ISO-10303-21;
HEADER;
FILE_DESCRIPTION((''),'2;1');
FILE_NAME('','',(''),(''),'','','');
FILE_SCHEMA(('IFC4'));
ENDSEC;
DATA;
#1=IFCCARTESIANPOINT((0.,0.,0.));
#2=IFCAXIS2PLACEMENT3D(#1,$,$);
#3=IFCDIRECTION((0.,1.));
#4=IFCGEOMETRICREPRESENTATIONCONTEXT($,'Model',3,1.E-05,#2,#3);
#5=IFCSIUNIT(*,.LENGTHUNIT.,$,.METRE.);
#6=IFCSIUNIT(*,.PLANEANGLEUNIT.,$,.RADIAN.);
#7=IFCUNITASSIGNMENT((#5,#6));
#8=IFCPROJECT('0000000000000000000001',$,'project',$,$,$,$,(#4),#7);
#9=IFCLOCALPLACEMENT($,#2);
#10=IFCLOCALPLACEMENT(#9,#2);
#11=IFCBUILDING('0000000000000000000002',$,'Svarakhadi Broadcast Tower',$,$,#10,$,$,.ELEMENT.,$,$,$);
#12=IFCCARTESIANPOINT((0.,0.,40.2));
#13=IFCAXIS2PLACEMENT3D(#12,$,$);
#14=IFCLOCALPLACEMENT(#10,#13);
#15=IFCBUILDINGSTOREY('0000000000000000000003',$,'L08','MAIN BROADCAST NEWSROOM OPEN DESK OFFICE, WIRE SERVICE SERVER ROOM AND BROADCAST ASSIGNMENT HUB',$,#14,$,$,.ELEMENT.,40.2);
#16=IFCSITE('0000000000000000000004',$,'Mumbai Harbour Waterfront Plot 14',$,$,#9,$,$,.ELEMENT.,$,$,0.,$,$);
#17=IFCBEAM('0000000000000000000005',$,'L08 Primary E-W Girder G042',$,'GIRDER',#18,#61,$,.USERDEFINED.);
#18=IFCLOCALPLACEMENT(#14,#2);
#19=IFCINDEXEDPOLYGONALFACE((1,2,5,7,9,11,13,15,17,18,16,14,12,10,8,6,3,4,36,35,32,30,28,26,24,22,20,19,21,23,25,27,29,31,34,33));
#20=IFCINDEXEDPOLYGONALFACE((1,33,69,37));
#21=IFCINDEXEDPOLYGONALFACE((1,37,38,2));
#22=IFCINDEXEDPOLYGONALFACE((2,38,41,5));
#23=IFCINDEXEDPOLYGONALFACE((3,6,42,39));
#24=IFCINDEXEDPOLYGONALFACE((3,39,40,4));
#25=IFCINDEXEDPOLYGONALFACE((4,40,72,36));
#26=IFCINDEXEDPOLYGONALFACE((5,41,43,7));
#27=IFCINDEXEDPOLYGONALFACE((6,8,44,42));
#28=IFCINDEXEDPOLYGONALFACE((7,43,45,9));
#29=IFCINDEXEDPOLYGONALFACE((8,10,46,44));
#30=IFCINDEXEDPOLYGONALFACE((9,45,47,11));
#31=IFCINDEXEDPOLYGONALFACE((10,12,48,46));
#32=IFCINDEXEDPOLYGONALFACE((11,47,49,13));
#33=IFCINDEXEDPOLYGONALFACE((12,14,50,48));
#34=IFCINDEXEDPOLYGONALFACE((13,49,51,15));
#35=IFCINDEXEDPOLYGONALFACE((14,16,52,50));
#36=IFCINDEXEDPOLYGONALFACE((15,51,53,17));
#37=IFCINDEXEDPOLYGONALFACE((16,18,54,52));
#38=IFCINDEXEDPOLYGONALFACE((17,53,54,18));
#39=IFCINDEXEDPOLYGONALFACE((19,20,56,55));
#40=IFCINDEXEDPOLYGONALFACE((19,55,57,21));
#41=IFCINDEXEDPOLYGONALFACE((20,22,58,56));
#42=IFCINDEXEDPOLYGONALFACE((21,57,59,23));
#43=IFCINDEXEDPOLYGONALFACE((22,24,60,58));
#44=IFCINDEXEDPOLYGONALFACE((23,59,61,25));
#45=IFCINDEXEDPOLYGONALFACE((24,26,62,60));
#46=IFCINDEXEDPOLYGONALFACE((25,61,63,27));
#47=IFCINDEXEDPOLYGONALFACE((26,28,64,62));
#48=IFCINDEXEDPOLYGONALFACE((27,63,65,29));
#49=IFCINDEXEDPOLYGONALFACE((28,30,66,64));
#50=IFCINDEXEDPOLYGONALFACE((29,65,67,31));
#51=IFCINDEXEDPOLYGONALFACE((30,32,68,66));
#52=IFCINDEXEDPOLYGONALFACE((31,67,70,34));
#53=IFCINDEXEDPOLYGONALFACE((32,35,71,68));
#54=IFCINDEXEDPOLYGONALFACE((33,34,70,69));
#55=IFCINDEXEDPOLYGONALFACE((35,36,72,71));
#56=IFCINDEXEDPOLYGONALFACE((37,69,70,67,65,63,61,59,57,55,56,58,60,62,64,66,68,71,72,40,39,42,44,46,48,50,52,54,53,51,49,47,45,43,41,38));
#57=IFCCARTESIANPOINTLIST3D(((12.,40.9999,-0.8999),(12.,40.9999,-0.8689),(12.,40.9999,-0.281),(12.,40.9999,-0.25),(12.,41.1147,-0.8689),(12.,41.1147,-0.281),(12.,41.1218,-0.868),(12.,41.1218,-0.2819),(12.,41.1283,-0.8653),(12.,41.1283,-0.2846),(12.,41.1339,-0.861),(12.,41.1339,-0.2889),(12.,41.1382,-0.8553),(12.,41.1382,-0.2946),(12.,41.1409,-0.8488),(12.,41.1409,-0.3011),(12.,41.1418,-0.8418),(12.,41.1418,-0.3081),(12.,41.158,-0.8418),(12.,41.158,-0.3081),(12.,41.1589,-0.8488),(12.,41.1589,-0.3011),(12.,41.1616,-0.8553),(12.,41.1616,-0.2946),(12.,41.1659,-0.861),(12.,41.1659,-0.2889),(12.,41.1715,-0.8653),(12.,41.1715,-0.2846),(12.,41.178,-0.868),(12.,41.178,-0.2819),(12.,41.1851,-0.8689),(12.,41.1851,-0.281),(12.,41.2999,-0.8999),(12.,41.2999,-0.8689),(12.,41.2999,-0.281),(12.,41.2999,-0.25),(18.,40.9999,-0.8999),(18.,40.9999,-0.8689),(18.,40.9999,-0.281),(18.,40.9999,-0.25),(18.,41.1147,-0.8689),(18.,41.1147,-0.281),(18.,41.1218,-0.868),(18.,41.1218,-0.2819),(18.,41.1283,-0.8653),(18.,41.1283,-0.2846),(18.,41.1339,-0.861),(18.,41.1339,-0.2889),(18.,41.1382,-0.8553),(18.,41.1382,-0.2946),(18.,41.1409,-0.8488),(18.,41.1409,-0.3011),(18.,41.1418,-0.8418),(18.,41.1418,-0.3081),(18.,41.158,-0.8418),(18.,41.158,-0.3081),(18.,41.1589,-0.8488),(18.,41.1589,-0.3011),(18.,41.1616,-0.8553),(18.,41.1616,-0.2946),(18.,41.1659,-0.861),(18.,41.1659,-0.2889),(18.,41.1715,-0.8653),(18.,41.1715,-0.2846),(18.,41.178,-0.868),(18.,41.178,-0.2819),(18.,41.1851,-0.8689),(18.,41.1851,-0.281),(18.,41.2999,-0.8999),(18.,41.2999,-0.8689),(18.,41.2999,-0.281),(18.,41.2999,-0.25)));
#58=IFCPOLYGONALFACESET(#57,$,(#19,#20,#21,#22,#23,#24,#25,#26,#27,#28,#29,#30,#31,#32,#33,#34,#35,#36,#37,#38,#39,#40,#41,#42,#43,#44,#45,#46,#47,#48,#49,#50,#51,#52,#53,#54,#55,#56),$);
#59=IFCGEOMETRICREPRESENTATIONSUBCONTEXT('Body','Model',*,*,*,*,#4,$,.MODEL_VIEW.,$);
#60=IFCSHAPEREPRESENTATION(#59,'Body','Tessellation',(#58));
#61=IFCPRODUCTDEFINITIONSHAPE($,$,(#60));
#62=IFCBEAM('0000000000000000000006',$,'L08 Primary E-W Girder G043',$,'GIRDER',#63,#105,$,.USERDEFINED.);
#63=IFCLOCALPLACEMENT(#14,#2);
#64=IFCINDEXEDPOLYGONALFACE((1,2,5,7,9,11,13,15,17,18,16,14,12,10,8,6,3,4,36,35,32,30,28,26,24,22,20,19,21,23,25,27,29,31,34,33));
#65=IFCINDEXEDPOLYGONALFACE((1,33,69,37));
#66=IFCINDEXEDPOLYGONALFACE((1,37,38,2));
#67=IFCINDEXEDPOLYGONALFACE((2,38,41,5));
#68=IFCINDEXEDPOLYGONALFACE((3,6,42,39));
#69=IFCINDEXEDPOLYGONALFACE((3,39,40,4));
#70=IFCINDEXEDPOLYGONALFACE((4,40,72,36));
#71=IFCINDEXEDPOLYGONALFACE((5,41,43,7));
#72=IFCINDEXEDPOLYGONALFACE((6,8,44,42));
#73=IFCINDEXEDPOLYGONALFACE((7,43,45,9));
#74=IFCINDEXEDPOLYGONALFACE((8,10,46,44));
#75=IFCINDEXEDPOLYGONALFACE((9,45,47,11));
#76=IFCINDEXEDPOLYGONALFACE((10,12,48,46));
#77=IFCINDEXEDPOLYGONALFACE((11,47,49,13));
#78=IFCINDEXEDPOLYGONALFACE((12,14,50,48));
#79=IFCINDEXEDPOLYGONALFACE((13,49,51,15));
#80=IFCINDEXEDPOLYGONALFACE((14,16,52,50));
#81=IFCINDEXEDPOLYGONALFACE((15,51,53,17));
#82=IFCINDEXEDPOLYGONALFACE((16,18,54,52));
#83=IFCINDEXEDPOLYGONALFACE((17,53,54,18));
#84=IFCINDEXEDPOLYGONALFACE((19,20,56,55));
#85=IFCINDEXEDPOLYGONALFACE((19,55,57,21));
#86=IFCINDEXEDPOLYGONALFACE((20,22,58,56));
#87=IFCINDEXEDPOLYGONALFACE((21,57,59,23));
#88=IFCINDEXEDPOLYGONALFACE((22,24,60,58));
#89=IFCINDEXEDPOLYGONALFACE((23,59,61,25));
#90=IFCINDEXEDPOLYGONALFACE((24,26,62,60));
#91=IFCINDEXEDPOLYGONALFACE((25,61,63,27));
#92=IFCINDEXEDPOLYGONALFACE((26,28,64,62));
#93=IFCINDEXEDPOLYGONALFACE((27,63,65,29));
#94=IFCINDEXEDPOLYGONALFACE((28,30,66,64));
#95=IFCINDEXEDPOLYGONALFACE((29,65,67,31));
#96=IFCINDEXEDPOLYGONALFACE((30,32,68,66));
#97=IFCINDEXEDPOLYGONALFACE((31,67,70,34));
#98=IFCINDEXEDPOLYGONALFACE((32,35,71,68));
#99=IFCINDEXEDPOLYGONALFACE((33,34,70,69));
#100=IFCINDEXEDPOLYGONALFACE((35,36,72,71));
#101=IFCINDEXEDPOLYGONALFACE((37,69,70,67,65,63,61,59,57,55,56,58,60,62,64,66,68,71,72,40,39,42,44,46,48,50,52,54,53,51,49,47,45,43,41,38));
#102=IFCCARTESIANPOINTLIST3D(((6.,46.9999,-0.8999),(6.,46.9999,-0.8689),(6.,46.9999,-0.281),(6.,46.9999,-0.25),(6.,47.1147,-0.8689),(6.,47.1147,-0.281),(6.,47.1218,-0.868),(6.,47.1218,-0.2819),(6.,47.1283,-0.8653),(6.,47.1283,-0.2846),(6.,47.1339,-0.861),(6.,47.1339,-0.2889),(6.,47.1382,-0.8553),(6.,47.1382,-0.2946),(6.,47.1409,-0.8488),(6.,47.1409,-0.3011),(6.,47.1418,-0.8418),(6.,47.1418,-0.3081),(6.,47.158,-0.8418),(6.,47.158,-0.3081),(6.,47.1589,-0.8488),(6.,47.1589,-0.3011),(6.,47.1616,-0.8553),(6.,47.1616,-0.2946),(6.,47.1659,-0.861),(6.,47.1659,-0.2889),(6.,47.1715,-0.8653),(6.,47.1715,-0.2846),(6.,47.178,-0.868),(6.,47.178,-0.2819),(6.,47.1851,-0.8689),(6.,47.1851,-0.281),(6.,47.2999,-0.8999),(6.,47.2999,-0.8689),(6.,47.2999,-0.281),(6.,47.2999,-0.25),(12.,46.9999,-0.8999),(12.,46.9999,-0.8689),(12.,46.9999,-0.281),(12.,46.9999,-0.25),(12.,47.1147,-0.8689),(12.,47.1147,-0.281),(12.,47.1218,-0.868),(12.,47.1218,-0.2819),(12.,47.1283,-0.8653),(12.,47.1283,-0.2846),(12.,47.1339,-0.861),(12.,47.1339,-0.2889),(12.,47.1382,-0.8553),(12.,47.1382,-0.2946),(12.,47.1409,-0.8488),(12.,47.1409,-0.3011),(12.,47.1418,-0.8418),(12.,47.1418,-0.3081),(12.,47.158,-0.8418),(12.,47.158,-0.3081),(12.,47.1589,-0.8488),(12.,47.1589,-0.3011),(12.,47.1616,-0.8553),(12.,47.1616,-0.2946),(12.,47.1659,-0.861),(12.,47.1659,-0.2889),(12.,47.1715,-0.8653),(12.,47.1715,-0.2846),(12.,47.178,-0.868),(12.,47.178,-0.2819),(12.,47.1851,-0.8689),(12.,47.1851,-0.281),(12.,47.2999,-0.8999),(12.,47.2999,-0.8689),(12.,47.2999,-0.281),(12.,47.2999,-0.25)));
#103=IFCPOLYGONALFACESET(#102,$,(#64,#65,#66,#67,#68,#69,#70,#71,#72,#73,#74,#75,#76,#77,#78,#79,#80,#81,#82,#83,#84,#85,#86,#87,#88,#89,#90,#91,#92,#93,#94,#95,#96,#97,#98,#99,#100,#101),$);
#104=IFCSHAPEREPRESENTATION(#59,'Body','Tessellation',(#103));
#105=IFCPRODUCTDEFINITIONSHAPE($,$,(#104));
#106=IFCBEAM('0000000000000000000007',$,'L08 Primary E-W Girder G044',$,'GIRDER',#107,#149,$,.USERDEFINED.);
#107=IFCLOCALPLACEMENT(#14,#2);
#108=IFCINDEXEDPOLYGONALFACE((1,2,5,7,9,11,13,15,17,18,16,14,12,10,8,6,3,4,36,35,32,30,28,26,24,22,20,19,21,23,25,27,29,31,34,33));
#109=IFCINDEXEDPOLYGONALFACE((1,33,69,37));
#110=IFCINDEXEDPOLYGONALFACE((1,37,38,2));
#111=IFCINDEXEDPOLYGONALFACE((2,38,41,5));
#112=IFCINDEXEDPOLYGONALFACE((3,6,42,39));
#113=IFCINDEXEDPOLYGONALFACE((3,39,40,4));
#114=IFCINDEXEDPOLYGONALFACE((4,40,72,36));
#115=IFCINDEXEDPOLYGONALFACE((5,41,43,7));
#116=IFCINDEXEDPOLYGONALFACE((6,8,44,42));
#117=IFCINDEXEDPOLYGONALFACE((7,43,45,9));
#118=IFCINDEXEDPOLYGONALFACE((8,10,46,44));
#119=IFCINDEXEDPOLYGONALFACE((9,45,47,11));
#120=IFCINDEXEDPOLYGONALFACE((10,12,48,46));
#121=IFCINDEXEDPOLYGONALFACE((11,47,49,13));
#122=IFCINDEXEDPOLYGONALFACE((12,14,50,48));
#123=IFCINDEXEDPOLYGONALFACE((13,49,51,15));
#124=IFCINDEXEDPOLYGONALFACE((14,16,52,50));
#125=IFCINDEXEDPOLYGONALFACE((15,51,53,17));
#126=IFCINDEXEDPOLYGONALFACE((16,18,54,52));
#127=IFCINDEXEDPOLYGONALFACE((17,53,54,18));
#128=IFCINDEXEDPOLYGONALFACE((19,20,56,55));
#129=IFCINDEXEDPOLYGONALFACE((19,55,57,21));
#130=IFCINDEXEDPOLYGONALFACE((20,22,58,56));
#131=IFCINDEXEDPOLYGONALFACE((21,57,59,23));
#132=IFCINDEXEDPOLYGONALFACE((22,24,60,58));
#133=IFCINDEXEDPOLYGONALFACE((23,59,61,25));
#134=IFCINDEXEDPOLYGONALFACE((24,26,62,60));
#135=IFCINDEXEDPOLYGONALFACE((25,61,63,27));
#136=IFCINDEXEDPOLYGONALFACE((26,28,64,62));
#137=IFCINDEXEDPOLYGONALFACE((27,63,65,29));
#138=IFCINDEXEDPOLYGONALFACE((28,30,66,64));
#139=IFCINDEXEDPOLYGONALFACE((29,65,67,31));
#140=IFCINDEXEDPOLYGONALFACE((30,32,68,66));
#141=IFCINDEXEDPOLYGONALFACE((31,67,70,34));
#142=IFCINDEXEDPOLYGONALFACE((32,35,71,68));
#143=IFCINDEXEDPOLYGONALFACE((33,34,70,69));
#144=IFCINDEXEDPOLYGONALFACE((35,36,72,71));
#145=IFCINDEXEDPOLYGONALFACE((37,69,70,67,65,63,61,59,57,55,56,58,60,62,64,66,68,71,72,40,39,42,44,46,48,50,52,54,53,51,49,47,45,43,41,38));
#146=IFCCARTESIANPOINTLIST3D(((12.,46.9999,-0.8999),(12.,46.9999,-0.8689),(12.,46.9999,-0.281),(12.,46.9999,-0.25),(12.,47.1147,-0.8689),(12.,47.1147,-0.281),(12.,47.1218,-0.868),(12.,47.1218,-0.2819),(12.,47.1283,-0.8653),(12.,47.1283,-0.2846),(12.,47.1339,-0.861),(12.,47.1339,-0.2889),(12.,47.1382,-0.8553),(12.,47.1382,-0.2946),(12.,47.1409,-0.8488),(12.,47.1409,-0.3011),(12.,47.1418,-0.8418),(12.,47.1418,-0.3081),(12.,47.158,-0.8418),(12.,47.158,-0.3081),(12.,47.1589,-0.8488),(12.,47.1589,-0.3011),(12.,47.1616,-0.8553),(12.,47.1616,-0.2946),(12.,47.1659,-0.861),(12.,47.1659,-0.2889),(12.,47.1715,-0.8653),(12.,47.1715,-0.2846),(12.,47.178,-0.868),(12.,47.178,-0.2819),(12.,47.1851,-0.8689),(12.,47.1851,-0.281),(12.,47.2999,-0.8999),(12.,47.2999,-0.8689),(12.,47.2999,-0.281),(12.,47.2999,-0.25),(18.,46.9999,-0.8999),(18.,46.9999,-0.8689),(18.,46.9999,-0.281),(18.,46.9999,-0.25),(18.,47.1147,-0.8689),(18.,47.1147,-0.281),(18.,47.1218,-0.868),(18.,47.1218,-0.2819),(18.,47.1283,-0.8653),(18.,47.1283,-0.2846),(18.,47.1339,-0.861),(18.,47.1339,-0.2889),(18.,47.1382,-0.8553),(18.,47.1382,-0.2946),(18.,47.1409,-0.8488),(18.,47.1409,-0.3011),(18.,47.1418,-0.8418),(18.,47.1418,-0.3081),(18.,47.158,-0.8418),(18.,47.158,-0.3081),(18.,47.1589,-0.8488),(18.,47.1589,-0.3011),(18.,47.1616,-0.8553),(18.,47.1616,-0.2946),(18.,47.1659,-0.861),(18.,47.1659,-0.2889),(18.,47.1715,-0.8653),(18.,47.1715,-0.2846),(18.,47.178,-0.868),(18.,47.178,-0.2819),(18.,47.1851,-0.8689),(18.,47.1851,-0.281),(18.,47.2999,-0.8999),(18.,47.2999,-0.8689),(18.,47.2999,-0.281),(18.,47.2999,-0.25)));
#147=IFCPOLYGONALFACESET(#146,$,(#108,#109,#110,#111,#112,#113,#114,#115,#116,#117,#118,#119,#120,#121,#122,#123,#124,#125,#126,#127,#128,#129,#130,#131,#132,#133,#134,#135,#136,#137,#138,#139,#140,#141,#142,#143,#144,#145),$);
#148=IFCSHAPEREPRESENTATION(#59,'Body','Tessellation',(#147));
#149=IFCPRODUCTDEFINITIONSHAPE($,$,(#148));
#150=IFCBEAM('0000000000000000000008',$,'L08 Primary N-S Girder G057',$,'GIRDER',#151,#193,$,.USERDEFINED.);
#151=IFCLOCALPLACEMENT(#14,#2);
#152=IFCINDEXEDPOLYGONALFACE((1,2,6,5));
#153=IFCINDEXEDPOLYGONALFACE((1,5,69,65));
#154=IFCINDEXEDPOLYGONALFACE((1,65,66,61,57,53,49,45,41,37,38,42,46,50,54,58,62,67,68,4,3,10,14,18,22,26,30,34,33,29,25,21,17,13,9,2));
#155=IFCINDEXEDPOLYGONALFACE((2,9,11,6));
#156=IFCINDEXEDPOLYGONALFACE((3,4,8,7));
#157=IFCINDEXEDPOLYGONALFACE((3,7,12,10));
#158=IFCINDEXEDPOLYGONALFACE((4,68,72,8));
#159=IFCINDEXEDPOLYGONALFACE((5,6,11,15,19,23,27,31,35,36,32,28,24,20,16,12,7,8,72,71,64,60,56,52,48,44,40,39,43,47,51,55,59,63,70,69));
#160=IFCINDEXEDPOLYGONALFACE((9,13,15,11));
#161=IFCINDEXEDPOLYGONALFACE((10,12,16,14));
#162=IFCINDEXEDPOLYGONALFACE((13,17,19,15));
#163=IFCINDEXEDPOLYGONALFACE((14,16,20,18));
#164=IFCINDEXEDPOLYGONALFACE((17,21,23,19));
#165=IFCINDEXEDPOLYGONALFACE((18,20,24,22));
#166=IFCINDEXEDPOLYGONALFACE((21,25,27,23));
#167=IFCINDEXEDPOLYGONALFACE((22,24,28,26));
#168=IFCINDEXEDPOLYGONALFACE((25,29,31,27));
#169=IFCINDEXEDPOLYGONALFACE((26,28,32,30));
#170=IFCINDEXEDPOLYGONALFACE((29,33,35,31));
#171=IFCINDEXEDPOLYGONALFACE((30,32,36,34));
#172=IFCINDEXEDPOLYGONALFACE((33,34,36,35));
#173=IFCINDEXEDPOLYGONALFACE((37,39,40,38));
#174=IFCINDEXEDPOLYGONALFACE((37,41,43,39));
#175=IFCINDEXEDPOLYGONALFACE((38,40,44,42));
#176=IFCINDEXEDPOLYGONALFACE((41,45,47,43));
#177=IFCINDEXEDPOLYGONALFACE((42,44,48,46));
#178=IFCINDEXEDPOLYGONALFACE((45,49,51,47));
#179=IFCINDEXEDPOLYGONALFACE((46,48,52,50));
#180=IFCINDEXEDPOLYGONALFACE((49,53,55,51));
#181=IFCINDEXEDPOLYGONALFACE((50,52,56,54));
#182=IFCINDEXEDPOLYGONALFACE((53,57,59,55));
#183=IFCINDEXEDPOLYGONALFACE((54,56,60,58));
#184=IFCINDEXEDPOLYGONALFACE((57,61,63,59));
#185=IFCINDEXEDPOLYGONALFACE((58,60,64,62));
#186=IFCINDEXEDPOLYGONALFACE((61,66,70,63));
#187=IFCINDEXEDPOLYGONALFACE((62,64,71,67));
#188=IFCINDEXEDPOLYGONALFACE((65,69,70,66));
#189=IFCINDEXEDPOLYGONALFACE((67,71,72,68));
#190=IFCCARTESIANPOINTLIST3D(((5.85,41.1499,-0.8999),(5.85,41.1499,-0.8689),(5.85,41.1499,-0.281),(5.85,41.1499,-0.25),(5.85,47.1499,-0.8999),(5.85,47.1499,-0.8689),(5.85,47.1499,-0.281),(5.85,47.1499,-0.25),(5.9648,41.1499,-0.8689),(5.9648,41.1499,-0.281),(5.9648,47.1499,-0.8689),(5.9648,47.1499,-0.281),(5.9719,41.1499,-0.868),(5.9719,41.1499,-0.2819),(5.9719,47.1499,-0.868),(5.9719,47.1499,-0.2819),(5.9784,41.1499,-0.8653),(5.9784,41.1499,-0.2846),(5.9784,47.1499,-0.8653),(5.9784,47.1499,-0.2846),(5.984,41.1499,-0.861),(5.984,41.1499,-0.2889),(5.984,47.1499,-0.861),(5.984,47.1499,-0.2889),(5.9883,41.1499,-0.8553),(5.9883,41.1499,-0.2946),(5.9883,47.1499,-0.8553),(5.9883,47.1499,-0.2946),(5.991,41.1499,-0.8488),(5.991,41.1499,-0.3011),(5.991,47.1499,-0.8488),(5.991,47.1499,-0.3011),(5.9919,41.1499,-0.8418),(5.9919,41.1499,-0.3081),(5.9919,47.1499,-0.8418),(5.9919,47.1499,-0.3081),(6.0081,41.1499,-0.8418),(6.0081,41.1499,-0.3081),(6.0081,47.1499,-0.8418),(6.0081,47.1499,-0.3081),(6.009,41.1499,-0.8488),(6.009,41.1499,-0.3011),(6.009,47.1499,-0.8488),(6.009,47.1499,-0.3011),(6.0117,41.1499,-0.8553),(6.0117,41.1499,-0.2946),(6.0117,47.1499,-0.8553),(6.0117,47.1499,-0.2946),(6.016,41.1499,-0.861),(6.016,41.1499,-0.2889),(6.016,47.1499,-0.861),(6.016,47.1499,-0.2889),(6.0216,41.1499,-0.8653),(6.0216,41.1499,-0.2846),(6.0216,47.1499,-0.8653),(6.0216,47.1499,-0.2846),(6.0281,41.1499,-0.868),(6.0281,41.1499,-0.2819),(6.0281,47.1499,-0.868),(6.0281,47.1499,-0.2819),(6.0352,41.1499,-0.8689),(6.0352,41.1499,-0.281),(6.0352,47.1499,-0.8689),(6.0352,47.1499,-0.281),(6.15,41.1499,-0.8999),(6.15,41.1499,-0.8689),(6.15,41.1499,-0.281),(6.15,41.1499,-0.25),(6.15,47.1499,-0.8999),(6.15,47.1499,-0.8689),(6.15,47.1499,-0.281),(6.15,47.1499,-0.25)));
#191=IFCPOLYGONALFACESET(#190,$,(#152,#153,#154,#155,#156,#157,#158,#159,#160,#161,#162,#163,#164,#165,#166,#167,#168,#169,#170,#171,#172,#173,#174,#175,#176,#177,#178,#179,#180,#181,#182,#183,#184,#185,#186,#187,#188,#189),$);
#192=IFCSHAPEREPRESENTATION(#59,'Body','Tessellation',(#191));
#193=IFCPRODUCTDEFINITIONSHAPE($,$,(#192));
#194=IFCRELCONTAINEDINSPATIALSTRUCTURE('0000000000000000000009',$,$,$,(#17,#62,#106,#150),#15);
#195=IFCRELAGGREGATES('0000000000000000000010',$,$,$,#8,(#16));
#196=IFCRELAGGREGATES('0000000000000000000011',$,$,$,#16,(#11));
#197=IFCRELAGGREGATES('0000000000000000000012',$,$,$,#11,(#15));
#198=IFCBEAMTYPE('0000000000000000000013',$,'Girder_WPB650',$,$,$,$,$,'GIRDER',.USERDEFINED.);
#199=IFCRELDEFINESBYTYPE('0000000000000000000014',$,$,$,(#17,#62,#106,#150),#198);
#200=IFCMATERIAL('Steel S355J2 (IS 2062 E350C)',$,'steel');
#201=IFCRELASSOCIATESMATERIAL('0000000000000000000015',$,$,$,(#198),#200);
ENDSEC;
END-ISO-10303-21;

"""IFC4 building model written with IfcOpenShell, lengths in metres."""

from ifc_helpers import new_model, si_unit, direction, frame, origin, origin_2d, place, context, subcontext, project, spatial, i_section, extrude, material, material_profile, profile_set, type_object, element, save


model = new_model("IFC4")

# Units and contexts
model_context = context("Model", 3, precision=1e-05, world=origin(), true_north=direction((0.0, 1.0)))
body_context = subcontext(model_context, "Body", "Model", "MODEL_VIEW")
ifc_project = project(units=[si_unit("LENGTHUNIT", "METRE"), si_unit("PLANEANGLEUNIT", "RADIAN")], contexts=[model_context])

# Site, building, storey
site_placement = place(None, origin())
site = spatial("IfcSite", under=ifc_project, at=site_placement, Name="Mumbai Harbour Waterfront Plot 14", CompositionType="ELEMENT", RefElevation=0.0)
building_placement = place(site_placement, origin())
building = spatial("IfcBuilding", under=site, at=building_placement, Name="Svarakhadi Broadcast Tower", CompositionType="ELEMENT")
storey_placement = place(building_placement, frame((0.0, 0.0, 40.2)))
storey = spatial("IfcBuildingStorey", under=building, at=storey_placement, Name="L08", Description="MAIN BROADCAST NEWSROOM OPEN DESK OFFICE, WIRE SERVICE SERVER ROOM AND BROADCAST ASSIGNMENT HUB", CompositionType="ELEMENT", Elevation=40.2)

# Shared definitions
ifc_material_1 = material(Name="Steel S355J2 (IS 2062 E350C)", Category="steel")

# Beams
ifc_material_profile_1 = material_profile(ifc_material_1, i_section(OverallWidth=0.3, OverallDepth=0.6499, WebThickness=0.0161, FlangeThickness=0.031, FilletRadius=0.0271, at=origin_2d()), Name="WPB 650x300x225")
ifc_profile_set_1 = profile_set([ifc_material_profile_1], Name="Steel S355J2 (IS 2062 E350C)")
beam_type_1 = type_object("IfcBeamType", Name="Girder_WPB650", ElementType="GIRDER", PredefinedType="USERDEFINED", material=ifc_profile_set_1)
for number, where, z_axis, x_axis, name in (
    (1, (12.0, 41.1499, -0.575), (1.0, 0.0, 0.0), (0.0, 1.0, 0.0), "L08 Primary E-W Girder G042"),
    (2, (6.0, 47.1499, -0.575), (1.0, 0.0, 0.0), (0.0, 1.0, 0.0), "L08 Primary E-W Girder G043"),
    (3, (12.0, 47.1499, -0.575), (1.0, 0.0, 0.0), (0.0, 1.0, 0.0), "L08 Primary E-W Girder G044"),
    (4, (6.0, 41.1499, -0.575), (0.0, 1.0, 0.0), (-1.0, 0.0, 0.0), "L08 Primary N-S Girder G057"),
):
    element("IfcBeam", number, at=place(storey_placement, frame(where, z_axis=z_axis, x_axis=x_axis)), inside=storey, type_object=beam_type_1, Name=name, ObjectType="GIRDER", PredefinedType="USERDEFINED", context=body_context, shape_type="SweptSolid", body=[
        extrude(i_section(OverallWidth=0.3, OverallDepth=0.6499, WebThickness=0.0161, FlangeThickness=0.031, FilletRadius=0.0271, at=origin_2d()), origin(), (0.0, 0.0, 1.0), 6.0),
    ])

save(model, "model.ifc")
